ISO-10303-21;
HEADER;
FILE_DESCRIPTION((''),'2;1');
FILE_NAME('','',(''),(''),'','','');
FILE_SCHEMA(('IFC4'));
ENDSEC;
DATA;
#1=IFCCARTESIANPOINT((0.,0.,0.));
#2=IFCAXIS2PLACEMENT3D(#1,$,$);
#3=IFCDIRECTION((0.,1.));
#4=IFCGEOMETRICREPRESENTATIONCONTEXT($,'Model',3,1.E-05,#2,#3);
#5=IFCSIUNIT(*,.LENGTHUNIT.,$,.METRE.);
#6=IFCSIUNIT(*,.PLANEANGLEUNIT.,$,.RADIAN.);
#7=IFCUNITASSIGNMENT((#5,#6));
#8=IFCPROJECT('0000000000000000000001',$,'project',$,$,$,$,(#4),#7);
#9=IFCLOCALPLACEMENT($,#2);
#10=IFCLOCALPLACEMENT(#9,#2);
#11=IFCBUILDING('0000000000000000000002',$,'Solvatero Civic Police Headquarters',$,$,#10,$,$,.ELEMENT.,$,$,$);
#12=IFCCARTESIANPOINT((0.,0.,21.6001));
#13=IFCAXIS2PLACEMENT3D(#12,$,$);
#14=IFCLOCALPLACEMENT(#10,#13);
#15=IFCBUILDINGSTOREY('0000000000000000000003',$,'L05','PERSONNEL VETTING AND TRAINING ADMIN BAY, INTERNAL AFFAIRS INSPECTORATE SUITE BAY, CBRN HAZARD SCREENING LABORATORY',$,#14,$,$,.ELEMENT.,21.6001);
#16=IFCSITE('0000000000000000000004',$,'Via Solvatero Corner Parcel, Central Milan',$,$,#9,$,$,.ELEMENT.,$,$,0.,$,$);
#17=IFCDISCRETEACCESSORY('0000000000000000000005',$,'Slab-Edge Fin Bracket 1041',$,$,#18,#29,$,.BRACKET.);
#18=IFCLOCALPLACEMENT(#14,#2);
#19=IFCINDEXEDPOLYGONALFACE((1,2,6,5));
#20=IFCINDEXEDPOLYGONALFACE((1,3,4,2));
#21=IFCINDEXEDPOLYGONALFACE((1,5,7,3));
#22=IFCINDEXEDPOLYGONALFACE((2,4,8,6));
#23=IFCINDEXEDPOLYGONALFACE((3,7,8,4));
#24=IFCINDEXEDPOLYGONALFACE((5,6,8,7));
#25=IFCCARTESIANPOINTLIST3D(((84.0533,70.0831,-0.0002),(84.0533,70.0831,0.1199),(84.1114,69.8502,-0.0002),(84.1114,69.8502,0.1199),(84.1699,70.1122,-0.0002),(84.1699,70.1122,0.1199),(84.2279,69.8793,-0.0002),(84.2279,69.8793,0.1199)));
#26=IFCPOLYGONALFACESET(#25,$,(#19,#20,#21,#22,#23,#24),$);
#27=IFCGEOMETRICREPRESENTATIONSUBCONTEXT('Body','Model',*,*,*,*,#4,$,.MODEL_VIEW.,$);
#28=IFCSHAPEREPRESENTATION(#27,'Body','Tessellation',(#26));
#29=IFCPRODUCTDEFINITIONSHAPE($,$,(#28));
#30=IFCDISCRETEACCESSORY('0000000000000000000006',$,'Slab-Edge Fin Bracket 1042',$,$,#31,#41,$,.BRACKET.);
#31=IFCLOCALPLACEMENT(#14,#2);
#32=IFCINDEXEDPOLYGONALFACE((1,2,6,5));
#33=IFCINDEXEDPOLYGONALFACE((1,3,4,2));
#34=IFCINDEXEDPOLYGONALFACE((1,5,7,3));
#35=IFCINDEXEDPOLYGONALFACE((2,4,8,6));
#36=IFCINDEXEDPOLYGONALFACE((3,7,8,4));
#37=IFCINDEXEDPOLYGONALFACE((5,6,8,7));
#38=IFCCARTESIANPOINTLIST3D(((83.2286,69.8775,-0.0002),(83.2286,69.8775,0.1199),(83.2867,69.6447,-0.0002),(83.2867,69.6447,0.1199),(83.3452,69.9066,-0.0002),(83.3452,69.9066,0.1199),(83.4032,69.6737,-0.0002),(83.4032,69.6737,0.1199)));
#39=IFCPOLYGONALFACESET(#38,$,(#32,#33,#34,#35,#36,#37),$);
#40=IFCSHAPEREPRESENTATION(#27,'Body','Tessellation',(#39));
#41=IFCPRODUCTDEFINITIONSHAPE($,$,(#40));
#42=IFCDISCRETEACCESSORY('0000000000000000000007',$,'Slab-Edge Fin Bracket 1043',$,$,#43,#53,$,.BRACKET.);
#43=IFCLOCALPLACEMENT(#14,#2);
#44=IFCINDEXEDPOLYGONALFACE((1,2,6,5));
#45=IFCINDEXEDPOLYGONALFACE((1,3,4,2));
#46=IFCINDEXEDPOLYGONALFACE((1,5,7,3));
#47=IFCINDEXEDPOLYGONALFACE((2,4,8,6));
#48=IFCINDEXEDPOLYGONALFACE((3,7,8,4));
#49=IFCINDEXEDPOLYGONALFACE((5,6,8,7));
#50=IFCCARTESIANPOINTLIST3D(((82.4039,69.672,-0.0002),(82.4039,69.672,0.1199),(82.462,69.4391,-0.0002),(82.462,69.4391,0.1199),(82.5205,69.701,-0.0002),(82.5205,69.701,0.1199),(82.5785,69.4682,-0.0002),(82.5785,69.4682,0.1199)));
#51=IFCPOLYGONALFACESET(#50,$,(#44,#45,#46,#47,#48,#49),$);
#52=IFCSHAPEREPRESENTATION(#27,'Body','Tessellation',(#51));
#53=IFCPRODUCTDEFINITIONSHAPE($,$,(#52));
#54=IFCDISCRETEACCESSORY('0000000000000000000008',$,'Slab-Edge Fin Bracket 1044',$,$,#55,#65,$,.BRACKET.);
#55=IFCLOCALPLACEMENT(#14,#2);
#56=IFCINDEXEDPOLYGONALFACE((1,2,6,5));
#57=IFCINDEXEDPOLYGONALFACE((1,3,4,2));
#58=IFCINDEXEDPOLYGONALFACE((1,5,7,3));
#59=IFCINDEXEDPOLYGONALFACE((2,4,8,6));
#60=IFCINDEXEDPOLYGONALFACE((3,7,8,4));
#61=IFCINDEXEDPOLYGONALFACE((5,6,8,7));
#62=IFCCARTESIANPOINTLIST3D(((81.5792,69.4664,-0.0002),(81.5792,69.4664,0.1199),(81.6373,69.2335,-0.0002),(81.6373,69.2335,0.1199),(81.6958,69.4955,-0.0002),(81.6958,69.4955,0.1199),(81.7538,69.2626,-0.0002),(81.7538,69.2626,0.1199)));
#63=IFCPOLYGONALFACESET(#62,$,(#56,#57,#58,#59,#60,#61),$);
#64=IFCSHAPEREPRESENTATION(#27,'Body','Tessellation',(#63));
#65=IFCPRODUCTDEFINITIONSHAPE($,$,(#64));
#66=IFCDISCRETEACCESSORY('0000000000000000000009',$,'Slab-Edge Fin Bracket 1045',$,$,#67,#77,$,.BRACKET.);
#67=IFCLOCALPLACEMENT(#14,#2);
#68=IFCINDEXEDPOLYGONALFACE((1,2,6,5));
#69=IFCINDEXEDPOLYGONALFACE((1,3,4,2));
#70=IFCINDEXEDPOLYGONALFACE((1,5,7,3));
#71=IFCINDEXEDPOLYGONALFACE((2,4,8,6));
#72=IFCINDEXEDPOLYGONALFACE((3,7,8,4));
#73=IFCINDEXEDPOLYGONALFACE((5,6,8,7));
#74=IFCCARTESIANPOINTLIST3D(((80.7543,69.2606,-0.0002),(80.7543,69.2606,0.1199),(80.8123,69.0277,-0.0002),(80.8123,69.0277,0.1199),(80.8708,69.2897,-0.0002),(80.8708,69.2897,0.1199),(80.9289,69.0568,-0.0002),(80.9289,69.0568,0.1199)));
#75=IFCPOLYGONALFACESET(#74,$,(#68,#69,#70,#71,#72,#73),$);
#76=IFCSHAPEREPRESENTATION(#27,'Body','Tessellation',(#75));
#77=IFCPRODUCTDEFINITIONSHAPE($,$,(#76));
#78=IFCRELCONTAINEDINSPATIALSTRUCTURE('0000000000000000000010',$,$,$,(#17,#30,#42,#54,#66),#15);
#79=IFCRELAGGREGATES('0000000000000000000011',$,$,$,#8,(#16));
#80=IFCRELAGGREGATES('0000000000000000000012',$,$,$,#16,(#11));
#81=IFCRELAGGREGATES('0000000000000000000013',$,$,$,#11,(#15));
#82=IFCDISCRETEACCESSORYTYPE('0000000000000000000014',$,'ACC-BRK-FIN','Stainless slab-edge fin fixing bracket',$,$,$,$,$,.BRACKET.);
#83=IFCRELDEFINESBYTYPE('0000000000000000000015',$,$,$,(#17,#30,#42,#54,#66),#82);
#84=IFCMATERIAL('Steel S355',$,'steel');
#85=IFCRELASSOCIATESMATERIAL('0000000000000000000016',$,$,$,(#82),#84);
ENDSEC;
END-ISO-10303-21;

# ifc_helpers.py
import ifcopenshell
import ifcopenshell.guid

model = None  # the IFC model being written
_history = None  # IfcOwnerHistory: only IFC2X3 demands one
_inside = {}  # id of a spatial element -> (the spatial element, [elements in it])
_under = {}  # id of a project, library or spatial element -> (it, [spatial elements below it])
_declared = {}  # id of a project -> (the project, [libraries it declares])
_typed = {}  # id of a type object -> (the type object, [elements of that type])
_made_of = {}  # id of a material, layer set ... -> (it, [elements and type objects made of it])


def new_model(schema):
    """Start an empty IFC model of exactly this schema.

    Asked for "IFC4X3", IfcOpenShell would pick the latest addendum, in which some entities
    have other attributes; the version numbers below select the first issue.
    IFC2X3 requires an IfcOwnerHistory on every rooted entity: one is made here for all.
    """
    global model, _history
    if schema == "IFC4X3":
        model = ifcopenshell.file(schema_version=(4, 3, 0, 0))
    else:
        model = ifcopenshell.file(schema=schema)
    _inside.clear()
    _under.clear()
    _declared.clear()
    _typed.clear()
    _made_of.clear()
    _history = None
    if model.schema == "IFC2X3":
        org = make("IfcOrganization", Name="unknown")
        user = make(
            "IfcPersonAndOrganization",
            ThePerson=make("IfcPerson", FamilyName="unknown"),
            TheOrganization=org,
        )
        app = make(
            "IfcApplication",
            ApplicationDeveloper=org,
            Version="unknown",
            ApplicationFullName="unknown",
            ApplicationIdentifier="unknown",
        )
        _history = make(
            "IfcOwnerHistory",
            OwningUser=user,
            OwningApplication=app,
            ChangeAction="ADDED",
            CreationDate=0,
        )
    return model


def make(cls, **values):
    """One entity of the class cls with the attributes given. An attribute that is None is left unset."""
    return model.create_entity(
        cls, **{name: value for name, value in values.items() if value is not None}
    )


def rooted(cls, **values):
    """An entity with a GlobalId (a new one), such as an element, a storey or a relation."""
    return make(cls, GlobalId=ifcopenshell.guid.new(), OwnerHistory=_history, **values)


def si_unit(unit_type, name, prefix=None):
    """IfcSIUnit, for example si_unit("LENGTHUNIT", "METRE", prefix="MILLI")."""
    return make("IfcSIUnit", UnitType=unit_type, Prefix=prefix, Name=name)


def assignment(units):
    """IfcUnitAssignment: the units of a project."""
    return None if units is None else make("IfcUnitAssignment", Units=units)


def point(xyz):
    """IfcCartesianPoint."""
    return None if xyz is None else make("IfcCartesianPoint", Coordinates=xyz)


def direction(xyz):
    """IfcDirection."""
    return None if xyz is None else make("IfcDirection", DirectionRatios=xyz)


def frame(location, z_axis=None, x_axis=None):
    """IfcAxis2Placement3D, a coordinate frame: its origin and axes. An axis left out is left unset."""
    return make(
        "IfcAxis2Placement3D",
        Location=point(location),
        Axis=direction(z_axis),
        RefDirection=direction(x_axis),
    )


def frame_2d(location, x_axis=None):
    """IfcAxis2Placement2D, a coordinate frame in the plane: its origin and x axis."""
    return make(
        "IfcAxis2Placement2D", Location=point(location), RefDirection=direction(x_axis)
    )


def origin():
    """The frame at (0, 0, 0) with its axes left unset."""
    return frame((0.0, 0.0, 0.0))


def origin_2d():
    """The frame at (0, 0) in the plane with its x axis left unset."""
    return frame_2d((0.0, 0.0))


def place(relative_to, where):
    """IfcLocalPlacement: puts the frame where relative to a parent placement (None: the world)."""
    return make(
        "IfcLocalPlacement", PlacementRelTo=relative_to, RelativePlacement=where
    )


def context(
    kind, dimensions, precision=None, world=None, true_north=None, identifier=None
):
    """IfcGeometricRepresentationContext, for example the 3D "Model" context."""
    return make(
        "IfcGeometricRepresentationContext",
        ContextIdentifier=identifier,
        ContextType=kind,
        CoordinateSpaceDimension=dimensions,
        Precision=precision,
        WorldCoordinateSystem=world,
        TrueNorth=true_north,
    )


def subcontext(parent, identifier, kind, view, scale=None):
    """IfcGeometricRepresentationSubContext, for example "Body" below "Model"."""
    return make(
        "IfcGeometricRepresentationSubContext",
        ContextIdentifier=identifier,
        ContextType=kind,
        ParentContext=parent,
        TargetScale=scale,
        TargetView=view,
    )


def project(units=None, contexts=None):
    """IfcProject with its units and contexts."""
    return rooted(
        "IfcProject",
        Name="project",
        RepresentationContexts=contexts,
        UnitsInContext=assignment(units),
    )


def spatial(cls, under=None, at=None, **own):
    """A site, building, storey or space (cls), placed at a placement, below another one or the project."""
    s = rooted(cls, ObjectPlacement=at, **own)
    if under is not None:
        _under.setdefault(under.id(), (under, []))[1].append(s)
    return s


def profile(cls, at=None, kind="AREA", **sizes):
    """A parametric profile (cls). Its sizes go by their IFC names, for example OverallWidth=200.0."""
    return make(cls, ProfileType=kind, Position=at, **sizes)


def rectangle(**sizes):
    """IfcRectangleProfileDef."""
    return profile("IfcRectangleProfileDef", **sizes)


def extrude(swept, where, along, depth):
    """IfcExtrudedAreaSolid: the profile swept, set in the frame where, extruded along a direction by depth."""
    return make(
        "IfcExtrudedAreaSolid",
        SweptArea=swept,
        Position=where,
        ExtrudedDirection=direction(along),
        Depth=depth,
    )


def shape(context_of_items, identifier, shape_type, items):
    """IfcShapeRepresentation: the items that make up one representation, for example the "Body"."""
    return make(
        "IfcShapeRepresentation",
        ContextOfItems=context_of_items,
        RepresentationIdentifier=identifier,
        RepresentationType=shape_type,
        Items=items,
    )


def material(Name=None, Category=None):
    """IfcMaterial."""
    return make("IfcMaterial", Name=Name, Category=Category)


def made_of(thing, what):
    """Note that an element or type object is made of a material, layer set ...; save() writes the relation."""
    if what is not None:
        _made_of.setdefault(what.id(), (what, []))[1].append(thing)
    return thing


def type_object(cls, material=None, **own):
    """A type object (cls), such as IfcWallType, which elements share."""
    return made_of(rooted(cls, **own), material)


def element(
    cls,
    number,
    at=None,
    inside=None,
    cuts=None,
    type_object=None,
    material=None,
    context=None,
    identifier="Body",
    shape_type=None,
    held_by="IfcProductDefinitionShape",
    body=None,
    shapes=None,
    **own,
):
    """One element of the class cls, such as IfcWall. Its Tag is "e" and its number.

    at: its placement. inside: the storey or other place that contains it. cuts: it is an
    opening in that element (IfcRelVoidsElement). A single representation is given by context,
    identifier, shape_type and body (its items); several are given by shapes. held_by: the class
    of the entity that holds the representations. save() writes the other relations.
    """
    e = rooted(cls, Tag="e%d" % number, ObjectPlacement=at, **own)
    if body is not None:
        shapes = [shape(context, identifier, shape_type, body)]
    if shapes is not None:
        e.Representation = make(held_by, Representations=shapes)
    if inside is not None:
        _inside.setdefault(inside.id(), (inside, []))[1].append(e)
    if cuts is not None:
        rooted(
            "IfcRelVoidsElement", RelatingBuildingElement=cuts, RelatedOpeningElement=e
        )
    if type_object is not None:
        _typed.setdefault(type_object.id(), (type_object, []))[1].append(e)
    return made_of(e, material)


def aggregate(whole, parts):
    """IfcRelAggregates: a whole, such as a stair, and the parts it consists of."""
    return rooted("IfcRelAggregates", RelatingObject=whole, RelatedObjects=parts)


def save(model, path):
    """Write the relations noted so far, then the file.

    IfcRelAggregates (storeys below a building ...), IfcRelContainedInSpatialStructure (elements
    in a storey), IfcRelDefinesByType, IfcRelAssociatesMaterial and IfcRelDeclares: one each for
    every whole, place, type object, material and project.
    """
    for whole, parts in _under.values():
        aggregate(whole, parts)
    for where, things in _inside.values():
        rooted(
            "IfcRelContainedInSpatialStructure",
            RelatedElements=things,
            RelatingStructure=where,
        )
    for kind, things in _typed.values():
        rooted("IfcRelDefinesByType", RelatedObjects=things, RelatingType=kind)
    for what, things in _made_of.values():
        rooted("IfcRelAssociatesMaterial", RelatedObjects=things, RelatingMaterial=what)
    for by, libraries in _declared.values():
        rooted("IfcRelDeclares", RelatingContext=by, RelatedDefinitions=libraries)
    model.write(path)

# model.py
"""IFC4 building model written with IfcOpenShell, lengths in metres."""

from ifc_helpers import new_model, si_unit, direction, frame, origin, origin_2d, place, context, subcontext, project, spatial, rectangle, extrude, material, type_object, element, save


model = new_model("IFC4")

# Units and contexts
model_context = context("Model", 3, precision=1e-05, world=origin(), true_north=direction((0.0, 1.0)))
body_context = subcontext(model_context, "Body", "Model", "MODEL_VIEW")
ifc_project = project(units=[si_unit("LENGTHUNIT", "METRE"), si_unit("PLANEANGLEUNIT", "RADIAN")], contexts=[model_context])

# Site, building, storey
site_placement = place(None, origin())
site = spatial("IfcSite", under=ifc_project, at=site_placement, Name="Via Solvatero Corner Parcel, Central Milan", CompositionType="ELEMENT", RefElevation=0.0)
building_placement = place(site_placement, origin())
building = spatial("IfcBuilding", under=site, at=building_placement, Name="Solvatero Civic Police Headquarters", CompositionType="ELEMENT")
storey_placement = place(building_placement, frame((0.0, 0.0, 21.6001)))
storey = spatial("IfcBuildingStorey", under=building, at=storey_placement, Name="L05", Description="PERSONNEL VETTING AND TRAINING ADMIN BAY, INTERNAL AFFAIRS INSPECTORATE SUITE BAY, CBRN HAZARD SCREENING LABORATORY", CompositionType="ELEMENT", Elevation=21.6001)

# Discrete accessories
ifc_material_1 = material(Name="Steel S355", Category="steel")
discrete_accessory_type = type_object("IfcDiscreteAccessoryType", Name="ACC-BRK-FIN", Description="Stainless slab-edge fin fixing bracket", PredefinedType="BRACKET", material=ifc_material_1)
for number, where, z_axis, x_axis, name in (
    (1, (84.1406, 69.9812, -0.0002), (0.0, 0.0, 1.0), (-0.9703, -0.241905, 0.0), "Slab-Edge Fin Bracket 1041"),
    (2, (83.3159, 69.7756, -0.0002), (0.0, 0.0, 1.0), (-0.9703, -0.241905, 0.0), "Slab-Edge Fin Bracket 1042"),
    (3, (82.4912, 69.5701, -0.0002), (0.0, 0.0, 1.0), (-0.9703, -0.241905, 0.0), "Slab-Edge Fin Bracket 1043"),
    (4, (81.6665, 69.3645, -0.0002), (0.0, 0.0, 1.0), (-0.9703, -0.241905, 0.0), "Slab-Edge Fin Bracket 1044"),
    (5, (80.8416, 69.1587, -0.0002), (0.0, 0.0, 1.0), (-0.9703, -0.241905, 0.0), "Slab-Edge Fin Bracket 1045"),
):
    element("IfcDiscreteAccessory", number, at=place(storey_placement, frame(where, z_axis=z_axis, x_axis=x_axis)), inside=storey, type_object=discrete_accessory_type, Name=name, PredefinedType="BRACKET", context=body_context, shape_type="SweptSolid", body=[
        extrude(rectangle(XDim=0.1201, YDim=0.24, at=origin_2d()), origin(), (0.0, 0.0, 1.0), 0.1201),
    ])

save(model, "model.ifc")
